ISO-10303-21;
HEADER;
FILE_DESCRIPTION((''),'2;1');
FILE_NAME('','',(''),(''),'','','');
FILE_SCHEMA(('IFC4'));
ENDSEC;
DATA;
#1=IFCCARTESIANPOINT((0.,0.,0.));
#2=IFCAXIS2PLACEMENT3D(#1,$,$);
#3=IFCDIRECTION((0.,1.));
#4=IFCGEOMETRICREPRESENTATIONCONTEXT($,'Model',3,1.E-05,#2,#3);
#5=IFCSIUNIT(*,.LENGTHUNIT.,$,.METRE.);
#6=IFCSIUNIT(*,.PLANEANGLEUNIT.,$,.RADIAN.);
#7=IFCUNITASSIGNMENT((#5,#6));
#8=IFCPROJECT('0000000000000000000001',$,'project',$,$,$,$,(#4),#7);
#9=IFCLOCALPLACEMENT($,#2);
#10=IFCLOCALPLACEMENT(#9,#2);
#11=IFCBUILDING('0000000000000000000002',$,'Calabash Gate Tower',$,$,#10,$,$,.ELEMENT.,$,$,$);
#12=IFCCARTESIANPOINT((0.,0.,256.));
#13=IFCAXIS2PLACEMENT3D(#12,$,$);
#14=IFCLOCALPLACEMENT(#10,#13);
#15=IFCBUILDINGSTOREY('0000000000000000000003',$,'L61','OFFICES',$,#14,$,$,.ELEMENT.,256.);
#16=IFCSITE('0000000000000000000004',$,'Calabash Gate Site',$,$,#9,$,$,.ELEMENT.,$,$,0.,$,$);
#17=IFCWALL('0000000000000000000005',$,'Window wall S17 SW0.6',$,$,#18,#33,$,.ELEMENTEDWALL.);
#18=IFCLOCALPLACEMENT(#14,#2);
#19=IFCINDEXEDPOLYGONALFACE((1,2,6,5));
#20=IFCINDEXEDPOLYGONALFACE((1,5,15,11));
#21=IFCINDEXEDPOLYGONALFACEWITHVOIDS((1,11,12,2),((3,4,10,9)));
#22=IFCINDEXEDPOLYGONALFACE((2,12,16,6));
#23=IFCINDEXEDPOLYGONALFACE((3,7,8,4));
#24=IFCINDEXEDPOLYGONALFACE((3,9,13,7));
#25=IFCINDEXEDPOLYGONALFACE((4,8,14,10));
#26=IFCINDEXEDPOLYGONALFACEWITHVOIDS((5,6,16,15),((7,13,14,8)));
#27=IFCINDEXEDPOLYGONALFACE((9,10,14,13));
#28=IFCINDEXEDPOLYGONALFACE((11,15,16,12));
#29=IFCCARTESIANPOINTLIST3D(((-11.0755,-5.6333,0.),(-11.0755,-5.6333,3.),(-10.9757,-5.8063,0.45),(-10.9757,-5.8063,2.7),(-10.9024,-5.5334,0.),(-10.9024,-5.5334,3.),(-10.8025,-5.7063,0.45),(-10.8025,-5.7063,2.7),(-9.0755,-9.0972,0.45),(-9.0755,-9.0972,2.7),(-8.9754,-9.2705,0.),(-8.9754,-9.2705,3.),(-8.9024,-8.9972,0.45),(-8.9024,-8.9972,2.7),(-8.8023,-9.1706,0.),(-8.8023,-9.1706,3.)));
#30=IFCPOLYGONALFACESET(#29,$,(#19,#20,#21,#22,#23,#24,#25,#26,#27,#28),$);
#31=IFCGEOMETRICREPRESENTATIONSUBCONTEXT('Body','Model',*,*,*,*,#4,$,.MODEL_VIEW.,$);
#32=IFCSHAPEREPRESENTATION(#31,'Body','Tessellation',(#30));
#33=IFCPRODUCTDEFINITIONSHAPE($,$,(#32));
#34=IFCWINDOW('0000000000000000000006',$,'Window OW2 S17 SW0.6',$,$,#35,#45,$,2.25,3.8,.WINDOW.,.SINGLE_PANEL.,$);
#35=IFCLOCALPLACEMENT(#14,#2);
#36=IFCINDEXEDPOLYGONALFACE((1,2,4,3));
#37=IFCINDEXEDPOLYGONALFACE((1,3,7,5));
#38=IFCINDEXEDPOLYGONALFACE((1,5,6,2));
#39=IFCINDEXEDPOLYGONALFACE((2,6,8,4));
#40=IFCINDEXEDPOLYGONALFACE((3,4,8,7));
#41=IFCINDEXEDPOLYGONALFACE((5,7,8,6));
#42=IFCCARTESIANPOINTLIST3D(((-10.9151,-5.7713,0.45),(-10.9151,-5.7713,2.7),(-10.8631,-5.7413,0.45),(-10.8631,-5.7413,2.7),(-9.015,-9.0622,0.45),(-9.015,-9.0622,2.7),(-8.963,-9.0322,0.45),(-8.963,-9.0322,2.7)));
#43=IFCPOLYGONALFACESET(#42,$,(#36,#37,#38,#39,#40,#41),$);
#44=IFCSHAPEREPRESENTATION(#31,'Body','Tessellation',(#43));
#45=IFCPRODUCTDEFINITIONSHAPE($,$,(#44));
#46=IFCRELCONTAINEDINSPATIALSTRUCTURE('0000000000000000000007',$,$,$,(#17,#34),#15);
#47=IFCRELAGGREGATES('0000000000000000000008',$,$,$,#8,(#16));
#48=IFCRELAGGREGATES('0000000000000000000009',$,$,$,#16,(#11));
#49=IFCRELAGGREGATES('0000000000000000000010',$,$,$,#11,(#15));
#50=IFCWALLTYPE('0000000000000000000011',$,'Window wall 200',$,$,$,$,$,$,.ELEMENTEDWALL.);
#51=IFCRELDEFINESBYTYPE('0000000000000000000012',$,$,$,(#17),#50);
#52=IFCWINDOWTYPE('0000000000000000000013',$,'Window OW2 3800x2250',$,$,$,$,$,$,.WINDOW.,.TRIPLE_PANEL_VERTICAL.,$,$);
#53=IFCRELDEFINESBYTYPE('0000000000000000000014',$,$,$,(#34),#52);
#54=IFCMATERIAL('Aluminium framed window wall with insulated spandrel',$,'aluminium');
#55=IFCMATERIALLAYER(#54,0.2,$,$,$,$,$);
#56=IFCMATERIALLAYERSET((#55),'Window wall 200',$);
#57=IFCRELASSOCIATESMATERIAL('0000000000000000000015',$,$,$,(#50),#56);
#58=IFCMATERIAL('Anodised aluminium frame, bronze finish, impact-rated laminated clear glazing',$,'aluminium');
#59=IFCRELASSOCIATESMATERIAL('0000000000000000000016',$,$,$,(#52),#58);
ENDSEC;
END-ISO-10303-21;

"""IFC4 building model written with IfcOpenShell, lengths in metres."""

from ifc_helpers import new_model, si_unit, direction, frame, frame_2d, origin, place, context, subcontext, project, spatial, rectangle, extrude, material, layer, layer_set, type_object, element, fill, save


model = new_model("IFC4")

# Units and contexts
model_context = context("Model", 3, precision=1e-05, world=origin(), true_north=direction((0.0, 1.0)))
body_context = subcontext(model_context, "Body", "Model", "MODEL_VIEW")
ifc_project = project(units=[si_unit("LENGTHUNIT", "METRE"), si_unit("PLANEANGLEUNIT", "RADIAN")], contexts=[model_context])

# Site, building, storey
site_placement = place(None, origin())
site = spatial("IfcSite", under=ifc_project, at=site_placement, Name="Calabash Gate Site", CompositionType="ELEMENT", RefElevation=0.0)
building_placement = place(site_placement, origin())
building = spatial("IfcBuilding", under=site, at=building_placement, Name="Calabash Gate Tower", CompositionType="ELEMENT")
storey_placement = place(building_placement, frame((0.0, 0.0, 256.0)))
storey = spatial("IfcBuildingStorey", under=building, at=storey_placement, Name="L61", Description="OFFICES", CompositionType="ELEMENT", Elevation=256.0)

# Shared definitions
ifc_material_1 = material(Name="Aluminium framed window wall with insulated spandrel", Category="aluminium")
ifc_layer_1 = layer(ifc_material_1, 0.2)
ifc_layer_set_1 = layer_set([ifc_layer_1], Name="Window wall 200")
wall_type_1 = type_object("IfcWallType", Name="Window wall 200", PredefinedType="ELEMENTEDWALL", material=ifc_layer_set_1)
ifc_material_2 = material(Name="Anodised aluminium frame, bronze finish, impact-rated laminated clear glazing", Category="aluminium")
window_type_1 = type_object("IfcWindowType", Name="Window OW2 3800x2250", PartitioningType="TRIPLE_PANEL_VERTICAL", PredefinedType="WINDOW", material=ifc_material_2)

# Wall, opening, window
wall_1_placement = place(storey_placement, frame((-10.989, -5.5833, 0.0), z_axis=(0.0, 0.0, 1.0), x_axis=(0.500028, -0.866009, 0.0)))
wall_1 = element("IfcWall", 1, at=wall_1_placement, inside=storey, type_object=wall_type_1, Name="Window wall S17 SW0.6", PredefinedType="ELEMENTEDWALL", context=body_context, shape_type="SweptSolid", body=[
    extrude(rectangle(XDim=4.2, YDim=0.2, at=frame_2d((2.1001, 0.0))), origin(), (0.0, 0.0, 1.0), 3.0),
])
opening_1_placement = place(wall_1_placement, frame((0.2, 0.0, 0.45)))
opening_1 = element("IfcOpeningElement", 2, at=opening_1_placement, cuts=wall_1, PredefinedType="OPENING", context=body_context, shape_type="SweptSolid", body=[
    extrude(rectangle(XDim=3.8, YDim=2.25, at=frame_2d((1.8999, 1.125))), frame((0.0, 0.1099, 0.0), z_axis=(0.0, -1.0, 0.0), x_axis=(1.0, 0.0, 0.0)), (0.0, 0.0, 1.0), 0.22),
])
window_1_placement = place(opening_1_placement, origin())
window_1 = element("IfcWindow", 3, at=window_1_placement, inside=storey, type_object=window_type_1, Name="Window OW2 S17 SW0.6", OverallHeight=2.25, OverallWidth=3.8, PartitioningType="SINGLE_PANEL", PredefinedType="WINDOW", context=body_context, shape_type="SweptSolid", body=[
    extrude(rectangle(XDim=3.8, YDim=2.25, at=frame_2d((1.8999, 1.125))), frame((0.0, 0.03, 0.0), z_axis=(0.0, -1.0, 0.0), x_axis=(1.0, 0.0, 0.0)), (0.0, 0.0, 1.0), 0.0601),
])
fill(opening_1, window_1)

save(model, "model.ifc")
